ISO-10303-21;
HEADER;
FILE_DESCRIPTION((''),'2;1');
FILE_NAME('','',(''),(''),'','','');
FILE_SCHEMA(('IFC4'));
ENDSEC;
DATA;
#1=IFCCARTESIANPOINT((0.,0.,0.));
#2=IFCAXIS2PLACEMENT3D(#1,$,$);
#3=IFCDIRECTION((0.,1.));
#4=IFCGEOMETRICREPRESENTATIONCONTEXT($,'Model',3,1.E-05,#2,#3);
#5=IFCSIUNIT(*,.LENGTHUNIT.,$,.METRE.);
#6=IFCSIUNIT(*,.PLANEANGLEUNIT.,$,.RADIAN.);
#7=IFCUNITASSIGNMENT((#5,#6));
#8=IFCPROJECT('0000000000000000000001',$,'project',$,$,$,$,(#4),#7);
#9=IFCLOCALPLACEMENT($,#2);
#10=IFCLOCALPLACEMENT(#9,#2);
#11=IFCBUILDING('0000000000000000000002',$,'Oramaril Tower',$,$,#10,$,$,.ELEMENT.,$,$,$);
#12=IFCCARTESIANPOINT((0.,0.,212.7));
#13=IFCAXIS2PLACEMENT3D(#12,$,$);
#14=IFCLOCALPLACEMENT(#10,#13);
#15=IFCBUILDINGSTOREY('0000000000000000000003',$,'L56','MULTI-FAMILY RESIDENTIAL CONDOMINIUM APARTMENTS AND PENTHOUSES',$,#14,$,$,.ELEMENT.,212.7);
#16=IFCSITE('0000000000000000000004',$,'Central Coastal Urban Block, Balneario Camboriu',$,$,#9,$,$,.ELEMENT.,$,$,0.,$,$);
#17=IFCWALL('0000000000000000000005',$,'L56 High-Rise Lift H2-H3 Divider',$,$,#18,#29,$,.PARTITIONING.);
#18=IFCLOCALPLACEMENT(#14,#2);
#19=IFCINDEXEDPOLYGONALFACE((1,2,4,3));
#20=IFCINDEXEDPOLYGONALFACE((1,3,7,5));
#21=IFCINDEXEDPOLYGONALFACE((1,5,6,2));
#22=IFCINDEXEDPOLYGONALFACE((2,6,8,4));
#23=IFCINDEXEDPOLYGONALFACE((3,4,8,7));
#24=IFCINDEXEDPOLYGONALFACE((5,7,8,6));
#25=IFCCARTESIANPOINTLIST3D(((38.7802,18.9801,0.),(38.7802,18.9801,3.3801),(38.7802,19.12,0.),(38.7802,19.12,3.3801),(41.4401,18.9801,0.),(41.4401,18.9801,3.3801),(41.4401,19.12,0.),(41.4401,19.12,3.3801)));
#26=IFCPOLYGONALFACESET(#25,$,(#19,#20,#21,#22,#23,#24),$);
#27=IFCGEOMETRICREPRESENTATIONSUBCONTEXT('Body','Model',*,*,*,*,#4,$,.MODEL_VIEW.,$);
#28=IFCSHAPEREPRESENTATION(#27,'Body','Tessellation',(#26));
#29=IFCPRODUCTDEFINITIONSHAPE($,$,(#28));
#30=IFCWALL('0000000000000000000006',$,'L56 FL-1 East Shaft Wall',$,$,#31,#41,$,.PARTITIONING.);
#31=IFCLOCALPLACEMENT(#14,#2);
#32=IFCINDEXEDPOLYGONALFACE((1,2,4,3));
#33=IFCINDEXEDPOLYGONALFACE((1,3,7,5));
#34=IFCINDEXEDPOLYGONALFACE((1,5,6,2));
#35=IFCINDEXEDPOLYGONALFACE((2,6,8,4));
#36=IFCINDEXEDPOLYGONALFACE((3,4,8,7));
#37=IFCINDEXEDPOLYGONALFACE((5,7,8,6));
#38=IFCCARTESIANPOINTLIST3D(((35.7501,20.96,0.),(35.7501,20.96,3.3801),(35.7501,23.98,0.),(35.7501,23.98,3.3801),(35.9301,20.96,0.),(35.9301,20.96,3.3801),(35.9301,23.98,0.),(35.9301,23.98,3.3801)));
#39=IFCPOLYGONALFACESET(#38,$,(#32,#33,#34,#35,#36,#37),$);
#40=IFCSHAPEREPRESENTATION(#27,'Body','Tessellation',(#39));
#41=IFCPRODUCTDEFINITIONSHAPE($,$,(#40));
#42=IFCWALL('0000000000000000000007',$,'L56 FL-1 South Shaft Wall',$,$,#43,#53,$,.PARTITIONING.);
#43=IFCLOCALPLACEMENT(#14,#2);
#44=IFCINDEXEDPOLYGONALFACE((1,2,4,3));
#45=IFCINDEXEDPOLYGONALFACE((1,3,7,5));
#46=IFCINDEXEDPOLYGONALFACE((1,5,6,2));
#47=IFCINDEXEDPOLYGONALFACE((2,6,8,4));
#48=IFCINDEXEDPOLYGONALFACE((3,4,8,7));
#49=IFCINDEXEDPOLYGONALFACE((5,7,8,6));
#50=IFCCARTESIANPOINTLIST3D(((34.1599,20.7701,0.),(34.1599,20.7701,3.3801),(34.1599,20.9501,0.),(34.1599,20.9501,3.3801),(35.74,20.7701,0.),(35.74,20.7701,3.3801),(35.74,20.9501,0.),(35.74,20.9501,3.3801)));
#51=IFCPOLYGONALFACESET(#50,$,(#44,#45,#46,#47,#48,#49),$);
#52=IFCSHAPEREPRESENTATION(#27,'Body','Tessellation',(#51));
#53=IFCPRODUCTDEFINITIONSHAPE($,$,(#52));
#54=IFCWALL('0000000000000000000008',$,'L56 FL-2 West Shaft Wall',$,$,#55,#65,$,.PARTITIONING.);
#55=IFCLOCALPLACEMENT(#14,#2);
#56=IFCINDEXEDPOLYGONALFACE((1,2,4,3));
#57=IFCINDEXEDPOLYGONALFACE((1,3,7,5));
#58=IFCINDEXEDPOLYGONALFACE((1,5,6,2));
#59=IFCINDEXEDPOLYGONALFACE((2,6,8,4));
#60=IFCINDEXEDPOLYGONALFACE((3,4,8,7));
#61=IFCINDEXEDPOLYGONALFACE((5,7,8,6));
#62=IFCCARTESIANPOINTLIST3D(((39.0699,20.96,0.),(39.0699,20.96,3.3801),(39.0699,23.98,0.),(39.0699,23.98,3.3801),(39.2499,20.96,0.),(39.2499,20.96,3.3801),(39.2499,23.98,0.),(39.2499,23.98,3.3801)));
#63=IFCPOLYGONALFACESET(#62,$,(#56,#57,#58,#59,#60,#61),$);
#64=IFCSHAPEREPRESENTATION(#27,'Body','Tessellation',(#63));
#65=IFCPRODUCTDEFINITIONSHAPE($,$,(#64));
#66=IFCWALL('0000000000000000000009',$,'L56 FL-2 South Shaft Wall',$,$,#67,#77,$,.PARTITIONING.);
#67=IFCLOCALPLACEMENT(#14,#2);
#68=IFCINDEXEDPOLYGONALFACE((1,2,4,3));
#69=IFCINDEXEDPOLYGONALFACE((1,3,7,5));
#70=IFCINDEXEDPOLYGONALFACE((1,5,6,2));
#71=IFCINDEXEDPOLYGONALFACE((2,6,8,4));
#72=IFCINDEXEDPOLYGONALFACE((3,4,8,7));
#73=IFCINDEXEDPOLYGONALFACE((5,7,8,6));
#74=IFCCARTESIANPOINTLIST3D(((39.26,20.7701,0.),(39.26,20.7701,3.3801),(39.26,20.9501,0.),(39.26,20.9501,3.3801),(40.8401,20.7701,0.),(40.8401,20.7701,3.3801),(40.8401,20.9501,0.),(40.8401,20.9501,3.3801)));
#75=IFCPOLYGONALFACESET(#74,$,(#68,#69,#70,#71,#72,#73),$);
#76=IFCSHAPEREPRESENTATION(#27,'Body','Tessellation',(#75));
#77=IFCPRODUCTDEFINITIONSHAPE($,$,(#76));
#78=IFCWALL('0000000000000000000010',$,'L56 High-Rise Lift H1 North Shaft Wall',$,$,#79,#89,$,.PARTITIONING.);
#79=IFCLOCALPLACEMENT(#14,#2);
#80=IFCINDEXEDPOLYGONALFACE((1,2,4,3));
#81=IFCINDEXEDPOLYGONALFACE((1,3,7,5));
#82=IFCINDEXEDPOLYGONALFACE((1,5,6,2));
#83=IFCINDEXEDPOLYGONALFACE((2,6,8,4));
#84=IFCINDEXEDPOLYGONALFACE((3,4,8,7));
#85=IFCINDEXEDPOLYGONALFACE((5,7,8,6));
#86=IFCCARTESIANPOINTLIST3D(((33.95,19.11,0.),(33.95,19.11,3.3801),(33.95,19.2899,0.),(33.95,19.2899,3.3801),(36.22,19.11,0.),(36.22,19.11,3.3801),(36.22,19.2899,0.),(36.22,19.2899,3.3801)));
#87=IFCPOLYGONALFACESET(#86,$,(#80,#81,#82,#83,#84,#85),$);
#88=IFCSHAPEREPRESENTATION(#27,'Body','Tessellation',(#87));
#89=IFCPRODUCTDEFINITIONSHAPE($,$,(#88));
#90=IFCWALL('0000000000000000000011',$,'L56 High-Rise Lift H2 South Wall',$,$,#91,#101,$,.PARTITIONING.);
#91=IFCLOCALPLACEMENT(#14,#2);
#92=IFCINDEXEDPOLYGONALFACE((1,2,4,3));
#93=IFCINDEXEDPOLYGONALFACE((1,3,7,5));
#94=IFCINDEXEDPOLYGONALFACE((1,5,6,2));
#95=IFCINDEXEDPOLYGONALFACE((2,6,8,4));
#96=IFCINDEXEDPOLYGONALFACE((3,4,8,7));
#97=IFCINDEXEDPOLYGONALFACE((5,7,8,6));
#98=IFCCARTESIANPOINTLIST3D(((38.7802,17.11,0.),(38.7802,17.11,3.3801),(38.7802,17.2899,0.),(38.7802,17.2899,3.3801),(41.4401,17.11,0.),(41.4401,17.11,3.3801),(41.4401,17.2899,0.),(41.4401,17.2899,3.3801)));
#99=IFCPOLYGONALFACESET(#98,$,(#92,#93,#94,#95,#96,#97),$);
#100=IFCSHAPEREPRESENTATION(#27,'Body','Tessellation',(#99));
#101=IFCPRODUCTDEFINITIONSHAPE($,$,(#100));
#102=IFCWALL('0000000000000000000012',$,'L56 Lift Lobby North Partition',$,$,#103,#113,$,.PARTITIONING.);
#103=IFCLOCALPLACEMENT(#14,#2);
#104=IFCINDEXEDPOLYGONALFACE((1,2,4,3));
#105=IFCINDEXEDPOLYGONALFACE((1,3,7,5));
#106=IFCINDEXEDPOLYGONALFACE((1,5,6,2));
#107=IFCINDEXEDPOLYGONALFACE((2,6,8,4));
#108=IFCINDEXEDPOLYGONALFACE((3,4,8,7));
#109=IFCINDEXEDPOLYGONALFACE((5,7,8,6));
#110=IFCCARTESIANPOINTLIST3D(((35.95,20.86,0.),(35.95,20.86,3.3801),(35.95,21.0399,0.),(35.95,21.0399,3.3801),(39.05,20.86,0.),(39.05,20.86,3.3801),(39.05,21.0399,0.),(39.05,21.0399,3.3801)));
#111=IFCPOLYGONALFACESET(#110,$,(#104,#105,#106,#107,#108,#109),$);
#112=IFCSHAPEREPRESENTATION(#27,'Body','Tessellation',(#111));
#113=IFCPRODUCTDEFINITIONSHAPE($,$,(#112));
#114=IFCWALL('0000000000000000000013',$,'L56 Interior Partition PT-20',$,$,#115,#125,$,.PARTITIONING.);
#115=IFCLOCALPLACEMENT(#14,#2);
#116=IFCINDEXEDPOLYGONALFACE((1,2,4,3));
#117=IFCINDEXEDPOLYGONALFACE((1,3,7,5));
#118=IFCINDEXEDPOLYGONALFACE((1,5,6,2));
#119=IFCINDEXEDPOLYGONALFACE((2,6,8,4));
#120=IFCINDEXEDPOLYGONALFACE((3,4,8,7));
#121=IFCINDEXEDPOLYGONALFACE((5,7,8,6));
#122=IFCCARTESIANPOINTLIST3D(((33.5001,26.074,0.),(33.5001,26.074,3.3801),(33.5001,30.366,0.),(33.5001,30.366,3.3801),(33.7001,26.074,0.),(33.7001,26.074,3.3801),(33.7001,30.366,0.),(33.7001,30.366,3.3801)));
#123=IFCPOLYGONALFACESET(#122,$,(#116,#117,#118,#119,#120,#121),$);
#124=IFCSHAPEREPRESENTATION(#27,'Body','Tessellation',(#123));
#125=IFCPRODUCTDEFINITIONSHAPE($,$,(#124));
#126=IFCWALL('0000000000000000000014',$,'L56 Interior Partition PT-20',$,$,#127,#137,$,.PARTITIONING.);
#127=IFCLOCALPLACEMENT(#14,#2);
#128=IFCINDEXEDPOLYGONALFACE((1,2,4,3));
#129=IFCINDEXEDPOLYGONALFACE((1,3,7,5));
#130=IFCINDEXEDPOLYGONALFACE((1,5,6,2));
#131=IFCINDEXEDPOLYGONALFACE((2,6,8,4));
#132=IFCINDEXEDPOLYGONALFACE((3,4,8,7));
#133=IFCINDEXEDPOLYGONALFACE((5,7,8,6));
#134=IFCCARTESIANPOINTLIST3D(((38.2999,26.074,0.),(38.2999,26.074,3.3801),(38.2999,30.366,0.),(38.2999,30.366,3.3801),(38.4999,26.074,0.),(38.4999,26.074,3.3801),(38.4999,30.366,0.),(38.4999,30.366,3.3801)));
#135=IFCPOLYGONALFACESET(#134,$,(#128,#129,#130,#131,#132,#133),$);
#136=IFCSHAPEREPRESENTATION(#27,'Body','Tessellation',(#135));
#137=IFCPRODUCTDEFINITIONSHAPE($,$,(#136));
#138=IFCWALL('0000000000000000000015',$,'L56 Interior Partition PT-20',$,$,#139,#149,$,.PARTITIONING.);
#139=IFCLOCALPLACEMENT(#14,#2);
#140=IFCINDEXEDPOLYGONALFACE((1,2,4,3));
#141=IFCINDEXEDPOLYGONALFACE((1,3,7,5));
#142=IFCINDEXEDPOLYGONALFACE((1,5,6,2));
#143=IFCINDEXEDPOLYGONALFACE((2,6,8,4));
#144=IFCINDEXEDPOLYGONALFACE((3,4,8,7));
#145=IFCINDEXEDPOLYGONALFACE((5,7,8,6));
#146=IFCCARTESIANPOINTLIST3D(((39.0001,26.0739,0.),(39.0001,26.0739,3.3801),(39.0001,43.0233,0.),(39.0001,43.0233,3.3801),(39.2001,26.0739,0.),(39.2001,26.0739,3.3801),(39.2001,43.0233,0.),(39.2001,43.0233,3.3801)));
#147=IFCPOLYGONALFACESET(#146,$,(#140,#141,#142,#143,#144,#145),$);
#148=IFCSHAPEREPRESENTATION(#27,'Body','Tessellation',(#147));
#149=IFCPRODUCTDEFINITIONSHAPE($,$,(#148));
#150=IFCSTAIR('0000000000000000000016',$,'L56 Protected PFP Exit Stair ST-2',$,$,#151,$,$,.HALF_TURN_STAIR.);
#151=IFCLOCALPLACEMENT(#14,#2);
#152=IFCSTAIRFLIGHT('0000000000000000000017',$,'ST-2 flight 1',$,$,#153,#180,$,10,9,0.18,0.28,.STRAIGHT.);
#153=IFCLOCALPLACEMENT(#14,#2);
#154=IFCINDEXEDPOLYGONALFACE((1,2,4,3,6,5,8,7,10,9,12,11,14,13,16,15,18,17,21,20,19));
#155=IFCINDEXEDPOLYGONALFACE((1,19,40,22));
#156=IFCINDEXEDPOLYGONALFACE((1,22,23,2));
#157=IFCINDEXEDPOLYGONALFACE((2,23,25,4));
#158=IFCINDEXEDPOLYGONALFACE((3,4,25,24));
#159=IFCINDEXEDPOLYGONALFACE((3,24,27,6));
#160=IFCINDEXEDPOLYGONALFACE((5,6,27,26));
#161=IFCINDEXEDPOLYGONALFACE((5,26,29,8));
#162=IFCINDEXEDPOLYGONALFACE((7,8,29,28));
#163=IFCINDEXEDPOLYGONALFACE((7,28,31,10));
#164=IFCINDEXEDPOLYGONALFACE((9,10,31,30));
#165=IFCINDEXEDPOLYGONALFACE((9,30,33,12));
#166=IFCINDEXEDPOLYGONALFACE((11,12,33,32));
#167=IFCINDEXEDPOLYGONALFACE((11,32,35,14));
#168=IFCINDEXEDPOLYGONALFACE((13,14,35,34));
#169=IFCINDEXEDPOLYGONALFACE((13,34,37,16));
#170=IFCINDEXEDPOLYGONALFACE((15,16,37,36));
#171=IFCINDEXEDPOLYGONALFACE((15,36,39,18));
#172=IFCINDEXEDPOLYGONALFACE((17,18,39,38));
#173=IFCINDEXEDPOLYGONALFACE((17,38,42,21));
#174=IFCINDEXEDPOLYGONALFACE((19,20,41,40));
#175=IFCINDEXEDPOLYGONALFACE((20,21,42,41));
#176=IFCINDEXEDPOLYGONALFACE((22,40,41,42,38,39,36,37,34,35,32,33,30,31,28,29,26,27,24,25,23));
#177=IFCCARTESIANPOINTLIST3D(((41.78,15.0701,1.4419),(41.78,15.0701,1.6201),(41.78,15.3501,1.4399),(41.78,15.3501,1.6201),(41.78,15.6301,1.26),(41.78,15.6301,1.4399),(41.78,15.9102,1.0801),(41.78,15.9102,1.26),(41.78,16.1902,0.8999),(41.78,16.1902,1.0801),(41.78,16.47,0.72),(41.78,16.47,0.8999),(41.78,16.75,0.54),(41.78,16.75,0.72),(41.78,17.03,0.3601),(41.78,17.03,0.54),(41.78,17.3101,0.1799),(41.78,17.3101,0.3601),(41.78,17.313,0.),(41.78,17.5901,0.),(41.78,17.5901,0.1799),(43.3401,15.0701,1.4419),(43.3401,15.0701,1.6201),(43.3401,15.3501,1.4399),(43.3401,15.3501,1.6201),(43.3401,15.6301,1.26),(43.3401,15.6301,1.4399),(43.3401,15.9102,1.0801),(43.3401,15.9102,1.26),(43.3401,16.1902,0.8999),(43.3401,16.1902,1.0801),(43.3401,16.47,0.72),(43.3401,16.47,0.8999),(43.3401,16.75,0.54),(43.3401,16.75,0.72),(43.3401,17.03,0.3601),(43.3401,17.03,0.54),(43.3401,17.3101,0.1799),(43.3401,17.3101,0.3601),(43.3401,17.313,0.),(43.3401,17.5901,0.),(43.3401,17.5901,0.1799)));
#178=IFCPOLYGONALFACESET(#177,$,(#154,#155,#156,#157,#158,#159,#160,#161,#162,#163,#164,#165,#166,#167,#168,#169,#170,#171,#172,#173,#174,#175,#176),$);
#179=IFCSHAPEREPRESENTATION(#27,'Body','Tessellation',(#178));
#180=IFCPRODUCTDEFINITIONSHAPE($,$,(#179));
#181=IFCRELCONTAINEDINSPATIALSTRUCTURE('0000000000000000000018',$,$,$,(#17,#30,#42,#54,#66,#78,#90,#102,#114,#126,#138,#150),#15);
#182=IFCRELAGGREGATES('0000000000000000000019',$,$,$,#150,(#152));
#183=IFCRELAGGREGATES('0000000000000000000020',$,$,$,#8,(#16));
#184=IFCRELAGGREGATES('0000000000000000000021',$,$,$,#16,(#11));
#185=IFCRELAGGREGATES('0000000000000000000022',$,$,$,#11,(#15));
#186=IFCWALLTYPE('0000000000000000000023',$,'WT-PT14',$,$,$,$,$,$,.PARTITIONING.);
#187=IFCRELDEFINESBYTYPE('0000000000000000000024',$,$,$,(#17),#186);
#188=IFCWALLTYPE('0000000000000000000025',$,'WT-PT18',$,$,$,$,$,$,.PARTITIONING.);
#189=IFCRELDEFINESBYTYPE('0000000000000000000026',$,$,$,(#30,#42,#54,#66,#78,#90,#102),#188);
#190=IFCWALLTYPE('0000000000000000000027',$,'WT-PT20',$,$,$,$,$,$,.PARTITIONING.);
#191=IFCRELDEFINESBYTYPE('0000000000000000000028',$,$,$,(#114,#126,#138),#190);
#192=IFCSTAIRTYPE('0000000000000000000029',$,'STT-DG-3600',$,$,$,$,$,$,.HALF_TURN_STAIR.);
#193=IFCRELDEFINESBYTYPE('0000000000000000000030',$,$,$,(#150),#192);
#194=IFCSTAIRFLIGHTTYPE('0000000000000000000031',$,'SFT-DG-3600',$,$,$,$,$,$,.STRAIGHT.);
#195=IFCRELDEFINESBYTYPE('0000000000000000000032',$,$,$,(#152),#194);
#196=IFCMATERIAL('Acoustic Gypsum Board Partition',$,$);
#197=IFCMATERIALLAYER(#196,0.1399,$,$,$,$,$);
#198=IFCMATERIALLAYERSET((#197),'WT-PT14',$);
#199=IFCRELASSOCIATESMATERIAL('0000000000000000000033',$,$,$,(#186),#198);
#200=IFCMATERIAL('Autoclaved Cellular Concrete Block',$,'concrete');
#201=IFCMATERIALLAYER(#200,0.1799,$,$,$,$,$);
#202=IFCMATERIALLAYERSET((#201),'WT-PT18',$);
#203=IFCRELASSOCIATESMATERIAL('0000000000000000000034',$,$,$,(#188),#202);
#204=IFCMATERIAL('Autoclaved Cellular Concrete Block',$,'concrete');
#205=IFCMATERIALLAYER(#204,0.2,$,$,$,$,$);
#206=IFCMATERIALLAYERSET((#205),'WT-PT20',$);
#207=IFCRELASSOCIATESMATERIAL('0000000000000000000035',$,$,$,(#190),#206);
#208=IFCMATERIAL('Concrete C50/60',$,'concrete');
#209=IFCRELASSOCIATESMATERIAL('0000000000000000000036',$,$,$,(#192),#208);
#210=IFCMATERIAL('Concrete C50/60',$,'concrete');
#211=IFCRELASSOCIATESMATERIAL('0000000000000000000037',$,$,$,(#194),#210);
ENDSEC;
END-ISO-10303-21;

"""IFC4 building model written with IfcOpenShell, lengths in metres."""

from ifc_helpers import new_model, si_unit, direction, frame, frame_2d, origin, place, context, subcontext, project, spatial, polyline, rectangle, outline, extrude, material, layer, layer_set, type_object, element, aggregate, save


model = new_model("IFC4")

# Units and contexts
model_context = context("Model", 3, precision=1e-05, world=origin(), true_north=direction((0.0, 1.0)))
body_context = subcontext(model_context, "Body", "Model", "MODEL_VIEW")
ifc_project = project(units=[si_unit("LENGTHUNIT", "METRE"), si_unit("PLANEANGLEUNIT", "RADIAN")], contexts=[model_context])

# Site, building, storey
site_placement = place(None, origin())
site = spatial("IfcSite", under=ifc_project, at=site_placement, Name="Central Coastal Urban Block, Balneario Camboriu", CompositionType="ELEMENT", RefElevation=0.0)
building_placement = place(site_placement, origin())
building = spatial("IfcBuilding", under=site, at=building_placement, Name="Oramaril Tower", CompositionType="ELEMENT")
storey_placement = place(building_placement, frame((0.0, 0.0, 212.7)))
storey = spatial("IfcBuildingStorey", under=building, at=storey_placement, Name="L56", Description="MULTI-FAMILY RESIDENTIAL CONDOMINIUM APARTMENTS AND PENTHOUSES", CompositionType="ELEMENT", Elevation=212.7)

# Walls
ifc_material_1 = material(Name="Acoustic Gypsum Board Partition")
ifc_layer_1 = layer(ifc_material_1, 0.1399)
ifc_layer_set_1 = layer_set([ifc_layer_1], Name="WT-PT14")
wall_type_1 = type_object("IfcWallType", Name="WT-PT14", PredefinedType="PARTITIONING", material=ifc_layer_set_1)
wall_1_placement = place(storey_placement, frame((38.78, 19.05, 0.0), z_axis=(0.0, 0.0, 1.0), x_axis=(1.0, 0.0, 0.0)))
element("IfcWall", 1, at=wall_1_placement, inside=storey, type_object=wall_type_1, Name="L56 High-Rise Lift H2-H3 Divider", PredefinedType="PARTITIONING", context=body_context, shape_type="SweptSolid", body=[
    extrude(rectangle(XDim=2.6599, YDim=0.1399, at=frame_2d((1.3301, 0.0))), origin(), (0.0, 0.0, 1.0), 3.3801),
])
ifc_material_2 = material(Name="Autoclaved Cellular Concrete Block", Category="concrete")
ifc_layer_2 = layer(ifc_material_2, 0.1799)
ifc_layer_set_2 = layer_set([ifc_layer_2], Name="WT-PT18")
wall_type_2 = type_object("IfcWallType", Name="WT-PT18", PredefinedType="PARTITIONING", material=ifc_layer_set_2)
wall_2_placement = place(storey_placement, frame((35.8401, 20.96, 0.0), z_axis=(0.0, 0.0, 1.0), x_axis=(0.0, 1.0, 0.0)))
element("IfcWall", 2, at=wall_2_placement, inside=storey, type_object=wall_type_2, Name="L56 FL-1 East Shaft Wall", PredefinedType="PARTITIONING", context=body_context, shape_type="SweptSolid", body=[
    extrude(rectangle(XDim=3.02, YDim=0.1799, at=frame_2d((1.51, 0.0))), origin(), (0.0, 0.0, 1.0), 3.3801),
])
wall_3_placement = place(storey_placement, frame((34.1599, 20.8601, 0.0), z_axis=(0.0, 0.0, 1.0), x_axis=(1.0, 0.0, 0.0)))
element("IfcWall", 3, at=wall_3_placement, inside=storey, type_object=wall_type_2, Name="L56 FL-1 South Shaft Wall", PredefinedType="PARTITIONING", context=body_context, shape_type="SweptSolid", body=[
    extrude(rectangle(XDim=1.5801, YDim=0.1799, at=frame_2d((0.79, 0.0))), origin(), (0.0, 0.0, 1.0), 3.3801),
])
wall_4_placement = place(storey_placement, frame((39.1599, 20.96, 0.0), z_axis=(0.0, 0.0, 1.0), x_axis=(0.0, 1.0, 0.0)))
element("IfcWall", 4, at=wall_4_placement, inside=storey, type_object=wall_type_2, Name="L56 FL-2 West Shaft Wall", PredefinedType="PARTITIONING", context=body_context, shape_type="SweptSolid", body=[
    extrude(rectangle(XDim=3.02, YDim=0.1799, at=frame_2d((1.51, 0.0))), origin(), (0.0, 0.0, 1.0), 3.3801),
])
wall_5_placement = place(storey_placement, frame((39.26, 20.8601, 0.0), z_axis=(0.0, 0.0, 1.0), x_axis=(1.0, 0.0, 0.0)))
element("IfcWall", 5, at=wall_5_placement, inside=storey, type_object=wall_type_2, Name="L56 FL-2 South Shaft Wall", PredefinedType="PARTITIONING", context=body_context, shape_type="SweptSolid", body=[
    extrude(rectangle(XDim=1.5801, YDim=0.1799, at=frame_2d((0.79, 0.0))), origin(), (0.0, 0.0, 1.0), 3.3801),
])
wall_6_placement = place(storey_placement, frame((33.95, 19.2, 0.0), z_axis=(0.0, 0.0, 1.0), x_axis=(1.0, 0.0, 0.0)))
element("IfcWall", 6, at=wall_6_placement, inside=storey, type_object=wall_type_2, Name="L56 High-Rise Lift H1 North Shaft Wall", PredefinedType="PARTITIONING", context=body_context, shape_type="SweptSolid", body=[
    extrude(rectangle(XDim=2.27, YDim=0.1799, at=frame_2d((1.135, 0.0))), origin(), (0.0, 0.0, 1.0), 3.3801),
])
wall_7_placement = place(storey_placement, frame((38.78, 17.2, 0.0), z_axis=(0.0, 0.0, 1.0), x_axis=(1.0, 0.0, 0.0)))
element("IfcWall", 7, at=wall_7_placement, inside=storey, type_object=wall_type_2, Name="L56 High-Rise Lift H2 South Wall", PredefinedType="PARTITIONING", context=body_context, shape_type="SweptSolid", body=[
    extrude(rectangle(XDim=2.6599, YDim=0.1799, at=frame_2d((1.3301, 0.0))), origin(), (0.0, 0.0, 1.0), 3.3801),
])
wall_8_placement = place(storey_placement, frame((35.95, 20.95, 0.0), z_axis=(0.0, 0.0, 1.0), x_axis=(1.0, 0.0, 0.0)))
element("IfcWall", 8, at=wall_8_placement, inside=storey, type_object=wall_type_2, Name="L56 Lift Lobby North Partition", PredefinedType="PARTITIONING", context=body_context, shape_type="SweptSolid", body=[
    extrude(rectangle(XDim=3.1001, YDim=0.1799, at=frame_2d((1.55, 0.0))), origin(), (0.0, 0.0, 1.0), 3.3801),
])
ifc_material_3 = material(Name="Autoclaved Cellular Concrete Block", Category="concrete")
ifc_layer_3 = layer(ifc_material_3, 0.2)
ifc_layer_set_3 = layer_set([ifc_layer_3], Name="WT-PT20")
wall_type_3 = type_object("IfcWallType", Name="WT-PT20", PredefinedType="PARTITIONING", material=ifc_layer_set_3)
for number, where, z_axis, x_axis, name in (
    (9, (33.6001, 26.074, 0.0), (0.0, 0.0, 1.0), (0.0, 1.0, 0.0), "L56 Interior Partition PT-20"),
    (10, (38.3999, 26.074, 0.0), (0.0, 0.0, 1.0), (0.0, 1.0, 0.0), "L56 Interior Partition PT-20"),
):
    element("IfcWall", number, at=place(storey_placement, frame(where, z_axis=z_axis, x_axis=x_axis)), inside=storey, type_object=wall_type_3, Name=name, PredefinedType="PARTITIONING", context=body_context, shape_type="SweptSolid", body=[
        extrude(rectangle(XDim=4.292, YDim=0.2, at=frame_2d((2.146, 0.0))), origin(), (0.0, 0.0, 1.0), 3.3801),
    ])
wall_9_placement = place(storey_placement, frame((39.1001, 26.074, 0.0), z_axis=(0.0, 0.0, 1.0), x_axis=(0.0, 1.0, 0.0)))
element("IfcWall", 11, at=wall_9_placement, inside=storey, type_object=wall_type_3, Name="L56 Interior Partition PT-20", PredefinedType="PARTITIONING", context=body_context, shape_type="SweptSolid", body=[
    extrude(rectangle(XDim=16.9495, YDim=0.2, at=frame_2d((8.4746, 0.0))), origin(), (0.0, 0.0, 1.0), 3.3801),
])

# Stair, stair flight
ifc_material_4 = material(Name="Concrete C50/60", Category="concrete")
stair_type = type_object("IfcStairType", Name="STT-DG-3600", PredefinedType="HALF_TURN_STAIR", material=ifc_material_4)
stair_placement = place(storey_placement, origin())
stair = element("IfcStair", 12, at=stair_placement, inside=storey, type_object=stair_type, Name="L56 Protected PFP Exit Stair ST-2", PredefinedType="HALF_TURN_STAIR")
ifc_material_5 = material(Name="Concrete C50/60", Category="concrete")
stair_flight_type = type_object("IfcStairFlightType", Name="SFT-DG-3600", PredefinedType="STRAIGHT", material=ifc_material_5)
stair_flight_placement = place(storey_placement, frame((42.5601, 17.5901, 0.0), z_axis=(0.0, 0.0, 1.0), x_axis=(0.0, -1.0, 0.0)))
stair_flight = element("IfcStairFlight", 13, at=stair_flight_placement, type_object=stair_flight_type, Name="ST-2 flight 1", NumberOfRisers=10, NumberOfTreads=9, PredefinedType="STRAIGHT", RiserHeight=0.18, TreadLength=0.28, context=body_context, shape_type="SweptSolid", body=[
    extrude(outline(polyline([(0.0, 0.0), (0.0, 0.1799), (0.28, 0.1799), (0.28, 0.3601), (0.5601, 0.3601), (0.5601, 0.54), (0.8401, 0.54), (0.8401, 0.72), (1.1201, 0.72), (1.1201, 0.8999), (1.3999, 0.8999), (1.3999, 1.0801), (1.6799, 1.0801), (1.6799, 1.26), (1.96, 1.26), (1.96, 1.4399), (2.24, 1.4399), (2.24, 1.6201), (2.52, 1.6201), (2.52, 1.8), (2.52, 1.4419), (0.2771, 0.0), (0.0, 0.0)])), frame((0.0, 0.78, 0.0), z_axis=(0.0, -1.0, 0.0), x_axis=(1.0, 0.0, 0.0)), (0.0, 0.0, 1.0), 1.5601),
])
aggregate(stair, [stair_flight])

save(model, "model.ifc")
